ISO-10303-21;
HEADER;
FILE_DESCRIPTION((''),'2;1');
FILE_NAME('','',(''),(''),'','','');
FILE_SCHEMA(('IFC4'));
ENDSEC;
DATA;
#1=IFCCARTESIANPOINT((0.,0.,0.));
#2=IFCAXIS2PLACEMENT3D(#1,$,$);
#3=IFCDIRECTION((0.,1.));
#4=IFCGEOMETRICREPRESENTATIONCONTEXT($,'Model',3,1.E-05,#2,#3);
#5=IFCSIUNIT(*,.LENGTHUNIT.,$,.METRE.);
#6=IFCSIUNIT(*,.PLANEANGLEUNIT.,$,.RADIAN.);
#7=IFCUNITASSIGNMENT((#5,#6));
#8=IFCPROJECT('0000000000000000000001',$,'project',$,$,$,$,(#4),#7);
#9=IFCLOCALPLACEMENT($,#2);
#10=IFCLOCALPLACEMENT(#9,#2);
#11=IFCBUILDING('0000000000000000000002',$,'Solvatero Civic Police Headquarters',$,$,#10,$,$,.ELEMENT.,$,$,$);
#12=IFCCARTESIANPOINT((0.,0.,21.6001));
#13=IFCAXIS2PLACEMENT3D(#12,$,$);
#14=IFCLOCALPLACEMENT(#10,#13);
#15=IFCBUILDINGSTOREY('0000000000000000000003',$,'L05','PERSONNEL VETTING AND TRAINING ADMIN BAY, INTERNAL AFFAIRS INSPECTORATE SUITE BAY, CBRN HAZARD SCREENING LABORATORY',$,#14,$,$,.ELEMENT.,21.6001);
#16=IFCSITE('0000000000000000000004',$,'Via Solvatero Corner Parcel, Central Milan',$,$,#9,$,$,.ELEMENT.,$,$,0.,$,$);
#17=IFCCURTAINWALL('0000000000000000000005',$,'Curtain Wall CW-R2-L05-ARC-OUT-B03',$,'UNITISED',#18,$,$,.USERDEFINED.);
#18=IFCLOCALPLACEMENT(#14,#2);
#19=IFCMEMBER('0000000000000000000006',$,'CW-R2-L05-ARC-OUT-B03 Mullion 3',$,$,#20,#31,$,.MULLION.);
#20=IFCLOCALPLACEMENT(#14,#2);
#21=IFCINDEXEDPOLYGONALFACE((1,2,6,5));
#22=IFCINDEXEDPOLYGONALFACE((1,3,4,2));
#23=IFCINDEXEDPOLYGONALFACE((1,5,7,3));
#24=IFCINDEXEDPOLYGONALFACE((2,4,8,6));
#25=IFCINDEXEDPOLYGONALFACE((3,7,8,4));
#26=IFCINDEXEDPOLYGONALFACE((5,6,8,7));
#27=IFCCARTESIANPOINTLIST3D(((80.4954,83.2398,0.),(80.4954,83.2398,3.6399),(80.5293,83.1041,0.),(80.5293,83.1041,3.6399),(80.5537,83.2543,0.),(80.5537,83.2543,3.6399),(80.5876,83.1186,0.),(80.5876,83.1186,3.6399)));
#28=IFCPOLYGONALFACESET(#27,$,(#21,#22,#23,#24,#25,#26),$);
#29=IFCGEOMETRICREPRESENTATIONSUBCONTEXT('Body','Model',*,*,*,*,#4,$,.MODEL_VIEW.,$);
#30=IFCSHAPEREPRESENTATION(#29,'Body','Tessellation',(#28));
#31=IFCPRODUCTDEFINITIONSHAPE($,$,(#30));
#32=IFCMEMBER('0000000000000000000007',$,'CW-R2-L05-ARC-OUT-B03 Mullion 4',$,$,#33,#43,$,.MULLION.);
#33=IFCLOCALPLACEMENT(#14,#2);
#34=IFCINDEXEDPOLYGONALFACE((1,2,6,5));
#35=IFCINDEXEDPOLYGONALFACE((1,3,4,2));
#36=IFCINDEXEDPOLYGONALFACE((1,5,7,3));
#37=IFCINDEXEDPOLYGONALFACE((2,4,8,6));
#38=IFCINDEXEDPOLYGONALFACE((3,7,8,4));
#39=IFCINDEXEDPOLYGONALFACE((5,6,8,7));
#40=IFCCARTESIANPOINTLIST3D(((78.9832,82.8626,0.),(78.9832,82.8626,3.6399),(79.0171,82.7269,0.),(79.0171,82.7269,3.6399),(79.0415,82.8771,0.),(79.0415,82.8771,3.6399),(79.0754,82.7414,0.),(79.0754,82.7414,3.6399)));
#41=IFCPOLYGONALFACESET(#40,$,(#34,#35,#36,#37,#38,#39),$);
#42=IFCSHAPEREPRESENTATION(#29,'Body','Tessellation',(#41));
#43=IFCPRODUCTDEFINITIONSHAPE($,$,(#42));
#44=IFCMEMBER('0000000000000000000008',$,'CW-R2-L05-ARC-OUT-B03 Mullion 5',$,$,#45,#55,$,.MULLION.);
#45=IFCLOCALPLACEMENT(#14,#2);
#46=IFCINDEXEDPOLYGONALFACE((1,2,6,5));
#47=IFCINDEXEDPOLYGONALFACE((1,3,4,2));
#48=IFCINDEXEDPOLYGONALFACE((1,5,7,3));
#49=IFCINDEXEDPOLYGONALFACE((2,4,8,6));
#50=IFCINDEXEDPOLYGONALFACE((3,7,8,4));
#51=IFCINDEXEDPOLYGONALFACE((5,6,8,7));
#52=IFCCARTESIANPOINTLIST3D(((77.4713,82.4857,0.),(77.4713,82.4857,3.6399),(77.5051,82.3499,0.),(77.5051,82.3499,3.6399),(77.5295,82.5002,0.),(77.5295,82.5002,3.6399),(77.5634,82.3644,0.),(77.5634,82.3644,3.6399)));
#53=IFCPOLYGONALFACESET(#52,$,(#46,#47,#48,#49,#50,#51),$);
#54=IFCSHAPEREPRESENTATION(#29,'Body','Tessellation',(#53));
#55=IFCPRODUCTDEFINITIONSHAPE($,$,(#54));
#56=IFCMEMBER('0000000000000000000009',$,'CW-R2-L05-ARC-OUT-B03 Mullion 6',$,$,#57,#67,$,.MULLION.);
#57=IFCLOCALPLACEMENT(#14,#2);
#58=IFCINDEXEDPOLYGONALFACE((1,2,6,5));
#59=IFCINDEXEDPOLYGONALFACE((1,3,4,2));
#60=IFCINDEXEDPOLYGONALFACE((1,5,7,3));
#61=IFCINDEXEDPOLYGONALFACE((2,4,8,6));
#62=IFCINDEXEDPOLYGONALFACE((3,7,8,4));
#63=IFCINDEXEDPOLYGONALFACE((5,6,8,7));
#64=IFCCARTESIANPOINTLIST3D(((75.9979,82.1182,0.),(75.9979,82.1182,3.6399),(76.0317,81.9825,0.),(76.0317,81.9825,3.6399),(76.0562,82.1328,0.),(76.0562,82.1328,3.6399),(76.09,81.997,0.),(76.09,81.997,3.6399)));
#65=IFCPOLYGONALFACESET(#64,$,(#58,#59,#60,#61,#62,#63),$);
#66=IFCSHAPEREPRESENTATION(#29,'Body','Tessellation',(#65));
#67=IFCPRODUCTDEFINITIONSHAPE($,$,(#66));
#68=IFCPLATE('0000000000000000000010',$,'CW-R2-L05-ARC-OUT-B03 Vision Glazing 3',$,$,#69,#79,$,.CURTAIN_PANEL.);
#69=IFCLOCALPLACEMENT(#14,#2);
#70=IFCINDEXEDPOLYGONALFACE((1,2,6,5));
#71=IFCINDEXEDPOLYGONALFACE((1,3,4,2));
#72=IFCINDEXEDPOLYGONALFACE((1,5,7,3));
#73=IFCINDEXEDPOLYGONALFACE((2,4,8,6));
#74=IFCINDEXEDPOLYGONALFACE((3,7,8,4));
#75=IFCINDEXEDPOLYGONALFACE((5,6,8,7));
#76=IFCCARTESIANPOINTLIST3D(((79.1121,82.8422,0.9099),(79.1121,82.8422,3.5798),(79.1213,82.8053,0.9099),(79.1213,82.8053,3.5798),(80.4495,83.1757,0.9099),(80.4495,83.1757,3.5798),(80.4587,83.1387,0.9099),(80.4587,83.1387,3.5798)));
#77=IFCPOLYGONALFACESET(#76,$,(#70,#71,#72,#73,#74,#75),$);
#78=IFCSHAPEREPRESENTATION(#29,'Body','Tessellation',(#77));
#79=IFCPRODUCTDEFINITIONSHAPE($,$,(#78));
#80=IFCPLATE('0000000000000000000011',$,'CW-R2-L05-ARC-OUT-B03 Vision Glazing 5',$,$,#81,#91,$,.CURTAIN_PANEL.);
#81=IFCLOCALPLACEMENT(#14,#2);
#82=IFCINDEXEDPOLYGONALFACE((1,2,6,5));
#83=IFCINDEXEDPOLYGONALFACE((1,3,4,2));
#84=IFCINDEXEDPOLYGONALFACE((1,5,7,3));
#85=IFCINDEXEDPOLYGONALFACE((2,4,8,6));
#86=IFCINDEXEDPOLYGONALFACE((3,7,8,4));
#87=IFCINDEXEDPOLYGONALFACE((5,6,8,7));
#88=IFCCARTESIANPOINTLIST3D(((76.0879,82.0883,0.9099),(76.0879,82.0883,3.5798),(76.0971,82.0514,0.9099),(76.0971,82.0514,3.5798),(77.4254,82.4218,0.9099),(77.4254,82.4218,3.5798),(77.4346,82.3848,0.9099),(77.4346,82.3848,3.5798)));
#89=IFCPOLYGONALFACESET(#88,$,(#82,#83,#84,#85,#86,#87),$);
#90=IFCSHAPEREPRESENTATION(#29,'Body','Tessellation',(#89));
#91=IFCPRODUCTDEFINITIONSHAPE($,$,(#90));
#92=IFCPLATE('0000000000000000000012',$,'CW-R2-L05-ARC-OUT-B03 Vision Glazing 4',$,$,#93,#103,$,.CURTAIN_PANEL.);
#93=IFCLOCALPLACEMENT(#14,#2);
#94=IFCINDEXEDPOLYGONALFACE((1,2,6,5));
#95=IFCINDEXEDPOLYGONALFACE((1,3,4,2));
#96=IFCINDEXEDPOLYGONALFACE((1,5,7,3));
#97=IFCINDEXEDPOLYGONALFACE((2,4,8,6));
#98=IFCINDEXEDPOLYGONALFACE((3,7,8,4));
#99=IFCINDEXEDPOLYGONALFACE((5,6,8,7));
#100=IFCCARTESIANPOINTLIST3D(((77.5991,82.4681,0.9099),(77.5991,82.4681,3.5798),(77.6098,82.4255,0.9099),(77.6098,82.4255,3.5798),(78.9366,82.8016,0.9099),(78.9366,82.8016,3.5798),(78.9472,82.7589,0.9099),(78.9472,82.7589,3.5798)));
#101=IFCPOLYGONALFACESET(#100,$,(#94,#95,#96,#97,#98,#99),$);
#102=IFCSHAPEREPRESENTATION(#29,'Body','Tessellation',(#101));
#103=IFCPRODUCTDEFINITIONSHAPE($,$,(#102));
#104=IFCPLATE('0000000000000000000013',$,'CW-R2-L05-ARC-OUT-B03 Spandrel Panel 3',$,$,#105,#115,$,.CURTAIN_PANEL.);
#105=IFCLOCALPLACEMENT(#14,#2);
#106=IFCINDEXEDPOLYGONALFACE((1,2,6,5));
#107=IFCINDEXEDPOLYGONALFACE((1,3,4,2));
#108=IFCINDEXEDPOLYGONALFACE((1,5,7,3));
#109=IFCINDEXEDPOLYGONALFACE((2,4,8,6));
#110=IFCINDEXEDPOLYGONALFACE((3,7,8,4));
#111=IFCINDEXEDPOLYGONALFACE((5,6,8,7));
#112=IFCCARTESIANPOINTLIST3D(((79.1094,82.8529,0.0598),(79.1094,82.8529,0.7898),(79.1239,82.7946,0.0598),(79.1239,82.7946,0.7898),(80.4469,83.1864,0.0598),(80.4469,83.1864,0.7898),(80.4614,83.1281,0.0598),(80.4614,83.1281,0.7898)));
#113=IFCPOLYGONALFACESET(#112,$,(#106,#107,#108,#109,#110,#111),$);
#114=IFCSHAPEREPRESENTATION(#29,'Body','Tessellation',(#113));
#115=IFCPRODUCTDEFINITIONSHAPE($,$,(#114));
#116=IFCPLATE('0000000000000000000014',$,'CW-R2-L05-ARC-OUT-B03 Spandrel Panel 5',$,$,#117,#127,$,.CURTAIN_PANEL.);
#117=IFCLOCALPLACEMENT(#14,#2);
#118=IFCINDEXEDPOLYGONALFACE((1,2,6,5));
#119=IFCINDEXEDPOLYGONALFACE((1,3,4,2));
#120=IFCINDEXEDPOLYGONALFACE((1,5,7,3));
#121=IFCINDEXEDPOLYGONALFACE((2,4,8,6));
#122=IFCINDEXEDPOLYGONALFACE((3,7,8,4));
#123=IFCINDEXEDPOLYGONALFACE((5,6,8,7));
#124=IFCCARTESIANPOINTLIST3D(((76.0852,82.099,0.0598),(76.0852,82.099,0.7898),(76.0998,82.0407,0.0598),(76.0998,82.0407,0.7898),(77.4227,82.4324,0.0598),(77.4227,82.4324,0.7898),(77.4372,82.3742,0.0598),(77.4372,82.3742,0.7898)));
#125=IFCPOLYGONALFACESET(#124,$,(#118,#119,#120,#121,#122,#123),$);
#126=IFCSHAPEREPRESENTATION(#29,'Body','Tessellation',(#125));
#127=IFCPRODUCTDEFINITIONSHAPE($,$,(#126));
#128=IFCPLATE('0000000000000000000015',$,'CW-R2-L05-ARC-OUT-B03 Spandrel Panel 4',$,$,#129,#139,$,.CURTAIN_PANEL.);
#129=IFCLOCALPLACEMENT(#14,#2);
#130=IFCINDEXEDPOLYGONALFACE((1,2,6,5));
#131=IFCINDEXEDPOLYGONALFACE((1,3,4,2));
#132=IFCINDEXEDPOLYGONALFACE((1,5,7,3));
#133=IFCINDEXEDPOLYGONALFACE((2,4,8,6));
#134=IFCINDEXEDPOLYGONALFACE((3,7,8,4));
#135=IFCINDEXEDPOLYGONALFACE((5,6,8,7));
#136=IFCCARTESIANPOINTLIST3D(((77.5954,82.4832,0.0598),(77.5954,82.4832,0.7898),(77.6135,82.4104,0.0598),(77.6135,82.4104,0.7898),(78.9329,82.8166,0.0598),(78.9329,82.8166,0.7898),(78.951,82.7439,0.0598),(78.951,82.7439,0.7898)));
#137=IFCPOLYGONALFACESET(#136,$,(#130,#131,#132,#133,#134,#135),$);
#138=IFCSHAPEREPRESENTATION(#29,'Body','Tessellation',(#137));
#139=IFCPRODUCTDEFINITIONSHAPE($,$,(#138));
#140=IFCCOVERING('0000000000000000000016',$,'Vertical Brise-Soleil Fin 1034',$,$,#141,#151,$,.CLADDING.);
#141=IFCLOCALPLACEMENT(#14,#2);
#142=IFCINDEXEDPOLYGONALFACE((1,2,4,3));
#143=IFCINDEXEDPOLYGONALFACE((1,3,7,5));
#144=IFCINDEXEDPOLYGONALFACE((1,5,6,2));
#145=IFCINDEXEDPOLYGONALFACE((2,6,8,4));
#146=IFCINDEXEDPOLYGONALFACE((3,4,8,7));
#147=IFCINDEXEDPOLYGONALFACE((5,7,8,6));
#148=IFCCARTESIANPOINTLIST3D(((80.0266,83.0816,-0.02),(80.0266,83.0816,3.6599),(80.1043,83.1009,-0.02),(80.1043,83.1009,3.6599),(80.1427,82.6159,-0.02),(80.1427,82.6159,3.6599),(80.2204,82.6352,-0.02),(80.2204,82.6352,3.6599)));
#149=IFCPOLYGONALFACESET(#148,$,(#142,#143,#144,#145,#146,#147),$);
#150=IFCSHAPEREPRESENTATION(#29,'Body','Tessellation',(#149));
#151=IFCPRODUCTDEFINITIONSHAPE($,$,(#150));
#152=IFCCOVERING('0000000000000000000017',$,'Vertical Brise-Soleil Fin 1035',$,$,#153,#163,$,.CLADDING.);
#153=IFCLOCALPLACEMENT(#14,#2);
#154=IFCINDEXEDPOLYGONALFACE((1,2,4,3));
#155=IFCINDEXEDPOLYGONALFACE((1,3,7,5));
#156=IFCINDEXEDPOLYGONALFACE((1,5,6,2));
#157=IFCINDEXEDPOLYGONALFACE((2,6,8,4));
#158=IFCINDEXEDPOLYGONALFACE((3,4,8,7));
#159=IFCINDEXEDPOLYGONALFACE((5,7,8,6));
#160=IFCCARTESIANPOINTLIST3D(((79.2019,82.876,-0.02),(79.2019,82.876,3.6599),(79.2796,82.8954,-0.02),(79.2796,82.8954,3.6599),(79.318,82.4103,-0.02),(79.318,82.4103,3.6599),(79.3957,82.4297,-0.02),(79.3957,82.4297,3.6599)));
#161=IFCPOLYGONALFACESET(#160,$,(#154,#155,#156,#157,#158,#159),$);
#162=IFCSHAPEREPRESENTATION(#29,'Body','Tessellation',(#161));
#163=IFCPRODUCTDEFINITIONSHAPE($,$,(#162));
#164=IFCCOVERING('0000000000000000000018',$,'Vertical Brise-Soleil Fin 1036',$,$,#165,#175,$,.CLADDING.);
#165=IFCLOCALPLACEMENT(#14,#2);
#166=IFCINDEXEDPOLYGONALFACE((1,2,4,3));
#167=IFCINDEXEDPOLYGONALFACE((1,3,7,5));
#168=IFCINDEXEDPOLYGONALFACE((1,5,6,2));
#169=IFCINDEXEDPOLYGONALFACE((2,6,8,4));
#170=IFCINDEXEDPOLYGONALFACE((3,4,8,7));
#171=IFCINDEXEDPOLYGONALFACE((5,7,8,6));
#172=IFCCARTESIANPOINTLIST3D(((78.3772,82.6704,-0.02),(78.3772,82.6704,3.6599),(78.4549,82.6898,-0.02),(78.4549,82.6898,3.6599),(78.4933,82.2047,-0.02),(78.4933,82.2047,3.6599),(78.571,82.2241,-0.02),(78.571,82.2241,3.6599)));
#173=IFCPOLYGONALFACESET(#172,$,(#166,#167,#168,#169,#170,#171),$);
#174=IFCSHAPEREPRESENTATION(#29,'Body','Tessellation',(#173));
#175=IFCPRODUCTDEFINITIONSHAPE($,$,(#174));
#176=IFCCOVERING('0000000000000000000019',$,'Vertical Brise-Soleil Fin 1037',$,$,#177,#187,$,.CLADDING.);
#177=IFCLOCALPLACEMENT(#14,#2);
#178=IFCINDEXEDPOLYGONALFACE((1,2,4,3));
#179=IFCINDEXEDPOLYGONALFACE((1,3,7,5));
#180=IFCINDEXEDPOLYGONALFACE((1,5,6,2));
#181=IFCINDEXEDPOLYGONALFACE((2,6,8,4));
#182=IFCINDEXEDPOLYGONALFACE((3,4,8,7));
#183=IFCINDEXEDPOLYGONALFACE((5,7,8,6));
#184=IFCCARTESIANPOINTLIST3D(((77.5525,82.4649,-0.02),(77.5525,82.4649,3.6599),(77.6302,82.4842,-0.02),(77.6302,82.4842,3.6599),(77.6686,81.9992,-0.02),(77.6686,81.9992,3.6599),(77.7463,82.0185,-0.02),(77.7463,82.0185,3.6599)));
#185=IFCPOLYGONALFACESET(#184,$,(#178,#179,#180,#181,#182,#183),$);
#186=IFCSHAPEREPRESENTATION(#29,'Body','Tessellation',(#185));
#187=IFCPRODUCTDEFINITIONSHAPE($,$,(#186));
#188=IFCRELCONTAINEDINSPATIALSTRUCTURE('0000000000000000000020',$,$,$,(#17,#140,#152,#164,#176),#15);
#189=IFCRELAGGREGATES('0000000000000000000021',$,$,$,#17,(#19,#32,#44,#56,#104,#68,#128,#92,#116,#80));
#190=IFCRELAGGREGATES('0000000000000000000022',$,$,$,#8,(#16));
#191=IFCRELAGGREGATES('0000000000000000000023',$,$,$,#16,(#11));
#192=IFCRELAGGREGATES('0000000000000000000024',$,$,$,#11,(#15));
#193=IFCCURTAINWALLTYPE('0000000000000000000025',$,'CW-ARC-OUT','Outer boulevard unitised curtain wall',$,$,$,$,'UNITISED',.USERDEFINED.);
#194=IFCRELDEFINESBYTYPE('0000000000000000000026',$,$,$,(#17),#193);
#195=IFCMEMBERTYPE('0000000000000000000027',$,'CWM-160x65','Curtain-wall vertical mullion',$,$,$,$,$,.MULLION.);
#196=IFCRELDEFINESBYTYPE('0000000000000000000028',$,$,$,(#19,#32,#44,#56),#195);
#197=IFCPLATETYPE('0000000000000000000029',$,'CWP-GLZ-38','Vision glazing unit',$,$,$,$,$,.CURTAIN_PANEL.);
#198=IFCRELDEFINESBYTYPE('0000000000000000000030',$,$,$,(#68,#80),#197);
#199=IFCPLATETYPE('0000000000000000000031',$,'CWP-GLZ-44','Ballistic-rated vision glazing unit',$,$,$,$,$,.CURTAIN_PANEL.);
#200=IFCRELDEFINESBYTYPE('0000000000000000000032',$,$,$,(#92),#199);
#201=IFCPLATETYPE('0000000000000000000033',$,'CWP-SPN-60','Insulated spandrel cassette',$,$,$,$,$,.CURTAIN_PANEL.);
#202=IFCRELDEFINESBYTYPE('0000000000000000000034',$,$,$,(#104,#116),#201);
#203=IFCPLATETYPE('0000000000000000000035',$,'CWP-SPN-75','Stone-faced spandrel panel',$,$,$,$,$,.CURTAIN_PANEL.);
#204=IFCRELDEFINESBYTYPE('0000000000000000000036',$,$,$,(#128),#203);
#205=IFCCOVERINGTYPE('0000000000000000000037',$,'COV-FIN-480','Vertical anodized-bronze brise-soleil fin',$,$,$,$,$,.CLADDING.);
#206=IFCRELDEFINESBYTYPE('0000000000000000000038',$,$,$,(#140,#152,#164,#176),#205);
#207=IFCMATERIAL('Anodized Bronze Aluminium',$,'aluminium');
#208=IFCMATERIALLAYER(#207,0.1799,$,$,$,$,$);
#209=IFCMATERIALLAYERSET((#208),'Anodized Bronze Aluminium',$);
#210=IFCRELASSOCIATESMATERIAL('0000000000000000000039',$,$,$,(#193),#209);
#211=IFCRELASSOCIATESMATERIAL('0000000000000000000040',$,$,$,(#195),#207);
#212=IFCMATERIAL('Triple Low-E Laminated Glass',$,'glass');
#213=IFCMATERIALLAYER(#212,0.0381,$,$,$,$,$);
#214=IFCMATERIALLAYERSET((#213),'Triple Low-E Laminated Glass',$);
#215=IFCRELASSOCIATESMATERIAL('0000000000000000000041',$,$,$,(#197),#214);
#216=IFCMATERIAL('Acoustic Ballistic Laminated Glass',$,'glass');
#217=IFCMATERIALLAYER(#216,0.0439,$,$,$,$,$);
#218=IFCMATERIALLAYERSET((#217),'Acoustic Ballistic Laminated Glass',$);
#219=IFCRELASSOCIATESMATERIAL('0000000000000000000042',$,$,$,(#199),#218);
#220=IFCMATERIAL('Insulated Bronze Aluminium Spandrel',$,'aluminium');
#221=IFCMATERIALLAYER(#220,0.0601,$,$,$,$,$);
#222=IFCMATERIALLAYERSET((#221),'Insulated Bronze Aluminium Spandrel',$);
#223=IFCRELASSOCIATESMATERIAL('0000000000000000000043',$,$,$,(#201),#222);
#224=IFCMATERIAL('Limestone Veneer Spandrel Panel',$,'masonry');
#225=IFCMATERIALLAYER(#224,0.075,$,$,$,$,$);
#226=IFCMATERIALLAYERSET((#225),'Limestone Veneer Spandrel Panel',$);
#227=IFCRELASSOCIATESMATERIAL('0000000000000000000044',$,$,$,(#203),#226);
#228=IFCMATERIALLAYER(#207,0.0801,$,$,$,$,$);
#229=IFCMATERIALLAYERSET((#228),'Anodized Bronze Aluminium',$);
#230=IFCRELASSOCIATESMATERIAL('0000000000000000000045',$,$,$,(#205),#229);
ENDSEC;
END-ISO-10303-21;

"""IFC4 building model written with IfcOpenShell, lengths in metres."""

from ifc_helpers import new_model, si_unit, direction, frame, origin, origin_2d, place, context, subcontext, project, spatial, rectangle, extrude, material, layer, layer_set, material_profile, profile_set, type_object, element, aggregate, save


model = new_model("IFC4")

# Units and contexts
model_context = context("Model", 3, precision=1e-05, world=origin(), true_north=direction((0.0, 1.0)))
body_context = subcontext(model_context, "Body", "Model", "MODEL_VIEW")
ifc_project = project(units=[si_unit("LENGTHUNIT", "METRE"), si_unit("PLANEANGLEUNIT", "RADIAN")], contexts=[model_context])

# Site, building, storey
site_placement = place(None, origin())
site = spatial("IfcSite", under=ifc_project, at=site_placement, Name="Via Solvatero Corner Parcel, Central Milan", CompositionType="ELEMENT", RefElevation=0.0)
building_placement = place(site_placement, origin())
building = spatial("IfcBuilding", under=site, at=building_placement, Name="Solvatero Civic Police Headquarters", CompositionType="ELEMENT")
storey_placement = place(building_placement, frame((0.0, 0.0, 21.6001)))
storey = spatial("IfcBuildingStorey", under=building, at=storey_placement, Name="L05", Description="PERSONNEL VETTING AND TRAINING ADMIN BAY, INTERNAL AFFAIRS INSPECTORATE SUITE BAY, CBRN HAZARD SCREENING LABORATORY", CompositionType="ELEMENT", Elevation=21.6001)

# Curtain wall, members, plates
ifc_material_1 = material(Name="Anodized Bronze Aluminium", Category="aluminium")
ifc_layer_1 = layer(ifc_material_1, 0.1799)
ifc_layer_set_1 = layer_set([ifc_layer_1], Name="Anodized Bronze Aluminium")
curtain_wall_type = type_object("IfcCurtainWallType", Name="CW-ARC-OUT", Description="Outer boulevard unitised curtain wall", ElementType="UNITISED", PredefinedType="USERDEFINED", material=ifc_layer_set_1)
curtain_wall_placement = place(storey_placement, origin())
curtain_wall = element("IfcCurtainWall", 1, at=curtain_wall_placement, inside=storey, type_object=curtain_wall_type, Name="Curtain Wall CW-R2-L05-ARC-OUT-B03", ObjectType="UNITISED", PredefinedType="USERDEFINED")
ifc_material_profile = material_profile(ifc_material_1, rectangle(XDim=0.0601, YDim=0.1399, at=origin_2d()), Name="ALU MULLION 60x140")
ifc_profile_set = profile_set([ifc_material_profile], Name="Anodized Bronze Aluminium")
member_type = type_object("IfcMemberType", Name="CWM-160x65", Description="Curtain-wall vertical mullion", PredefinedType="MULLION", material=ifc_profile_set)
member_1_placement = place(storey_placement, frame((80.5415, 83.1792, 0.0), z_axis=(0.0, 0.0, 1.0), x_axis=(-0.970296, -0.241922, 0.0)))
member_1 = element("IfcMember", 2, at=member_1_placement, type_object=member_type, Name="CW-R2-L05-ARC-OUT-B03 Mullion 3", PredefinedType="MULLION", context=body_context, shape_type="SweptSolid", body=[
    extrude(rectangle(XDim=0.0601, YDim=0.1399, at=origin_2d()), origin(), (0.0, 0.0, 1.0), 3.6399),
])
member_2_placement = place(storey_placement, frame((79.0293, 82.802, 0.0), z_axis=(0.0, 0.0, 1.0), x_axis=(-0.970296, -0.241922, 0.0)))
member_2 = element("IfcMember", 3, at=member_2_placement, type_object=member_type, Name="CW-R2-L05-ARC-OUT-B03 Mullion 4", PredefinedType="MULLION", context=body_context, shape_type="SweptSolid", body=[
    extrude(rectangle(XDim=0.0601, YDim=0.1399, at=origin_2d()), origin(), (0.0, 0.0, 1.0), 3.6399),
])
member_3_placement = place(storey_placement, frame((77.5173, 82.425, 0.0), z_axis=(0.0, 0.0, 1.0), x_axis=(-0.970296, -0.241922, 0.0)))
member_3 = element("IfcMember", 4, at=member_3_placement, type_object=member_type, Name="CW-R2-L05-ARC-OUT-B03 Mullion 5", PredefinedType="MULLION", context=body_context, shape_type="SweptSolid", body=[
    extrude(rectangle(XDim=0.0601, YDim=0.1399, at=origin_2d()), origin(), (0.0, 0.0, 1.0), 3.6399),
])
member_4_placement = place(storey_placement, frame((76.0439, 82.0576, 0.0), z_axis=(0.0, 0.0, 1.0), x_axis=(-0.970296, -0.241922, 0.0)))
member_4 = element("IfcMember", 5, at=member_4_placement, type_object=member_type, Name="CW-R2-L05-ARC-OUT-B03 Mullion 6", PredefinedType="MULLION", context=body_context, shape_type="SweptSolid", body=[
    extrude(rectangle(XDim=0.0601, YDim=0.1399, at=origin_2d()), origin(), (0.0, 0.0, 1.0), 3.6399),
])
ifc_material_2 = material(Name="Triple Low-E Laminated Glass", Category="glass")
ifc_layer_2 = layer(ifc_material_2, 0.0381)
ifc_layer_set_2 = layer_set([ifc_layer_2], Name="Triple Low-E Laminated Glass")
plate_type_1 = type_object("IfcPlateType", Name="CWP-GLZ-38", Description="Vision glazing unit", PredefinedType="CURTAIN_PANEL", material=ifc_layer_set_2)
plate_1_placement = place(storey_placement, frame((79.7854, 82.9905, 0.9099), z_axis=(0.0, 0.0, 1.0), x_axis=(-0.970296, -0.241922, 0.0)))
plate_1 = element("IfcPlate", 6, at=plate_1_placement, type_object=plate_type_1, Name="CW-R2-L05-ARC-OUT-B03 Vision Glazing 3", PredefinedType="CURTAIN_PANEL", context=body_context, shape_type="SweptSolid", body=[
    extrude(rectangle(XDim=1.3784, YDim=0.0381, at=origin_2d()), origin(), (0.0, 0.0, 1.0), 2.6699),
])
plate_2_placement = place(storey_placement, frame((76.7612, 82.2366, 0.9099), z_axis=(0.0, 0.0, 1.0), x_axis=(-0.970296, -0.241922, 0.0)))
plate_2 = element("IfcPlate", 7, at=plate_2_placement, type_object=plate_type_1, Name="CW-R2-L05-ARC-OUT-B03 Vision Glazing 5", PredefinedType="CURTAIN_PANEL", context=body_context, shape_type="SweptSolid", body=[
    extrude(rectangle(XDim=1.3784, YDim=0.0381, at=origin_2d()), origin(), (0.0, 0.0, 1.0), 2.6699),
])
ifc_material_3 = material(Name="Acoustic Ballistic Laminated Glass", Category="glass")
ifc_layer_3 = layer(ifc_material_3, 0.0439)
ifc_layer_set_3 = layer_set([ifc_layer_3], Name="Acoustic Ballistic Laminated Glass")
plate_type_2 = type_object("IfcPlateType", Name="CWP-GLZ-44", Description="Ballistic-rated vision glazing unit", PredefinedType="CURTAIN_PANEL", material=ifc_layer_set_3)
plate_3_placement = place(storey_placement, frame((78.2732, 82.6135, 0.9099), z_axis=(0.0, 0.0, 1.0), x_axis=(-0.970296, -0.241922, 0.0)))
plate_3 = element("IfcPlate", 8, at=plate_3_placement, type_object=plate_type_2, Name="CW-R2-L05-ARC-OUT-B03 Vision Glazing 4", PredefinedType="CURTAIN_PANEL", context=body_context, shape_type="SweptSolid", body=[
    extrude(rectangle(XDim=1.3784, YDim=0.0439, at=origin_2d()), origin(), (0.0, 0.0, 1.0), 2.6699),
])
ifc_material_4 = material(Name="Insulated Bronze Aluminium Spandrel", Category="aluminium")
ifc_layer_4 = layer(ifc_material_4, 0.0601)
ifc_layer_set_4 = layer_set([ifc_layer_4], Name="Insulated Bronze Aluminium Spandrel")
plate_type_3 = type_object("IfcPlateType", Name="CWP-SPN-60", Description="Insulated spandrel cassette", PredefinedType="CURTAIN_PANEL", material=ifc_layer_set_4)
plate_4_placement = place(storey_placement, frame((79.7854, 82.9905, 0.0598), z_axis=(0.0, 0.0, 1.0), x_axis=(-0.970296, -0.241922, 0.0)))
plate_4 = element("IfcPlate", 9, at=plate_4_placement, type_object=plate_type_3, Name="CW-R2-L05-ARC-OUT-B03 Spandrel Panel 3", PredefinedType="CURTAIN_PANEL", context=body_context, shape_type="SweptSolid", body=[
    extrude(rectangle(XDim=1.3784, YDim=0.0601, at=origin_2d()), origin(), (0.0, 0.0, 1.0), 0.73),
])
plate_5_placement = place(storey_placement, frame((76.7612, 82.2366, 0.0598), z_axis=(0.0, 0.0, 1.0), x_axis=(-0.970296, -0.241922, 0.0)))
plate_5 = element("IfcPlate", 10, at=plate_5_placement, type_object=plate_type_3, Name="CW-R2-L05-ARC-OUT-B03 Spandrel Panel 5", PredefinedType="CURTAIN_PANEL", context=body_context, shape_type="SweptSolid", body=[
    extrude(rectangle(XDim=1.3784, YDim=0.0601, at=origin_2d()), origin(), (0.0, 0.0, 1.0), 0.73),
])
ifc_material_5 = material(Name="Limestone Veneer Spandrel Panel", Category="masonry")
ifc_layer_5 = layer(ifc_material_5, 0.075)
ifc_layer_set_5 = layer_set([ifc_layer_5], Name="Limestone Veneer Spandrel Panel")
plate_type_4 = type_object("IfcPlateType", Name="CWP-SPN-75", Description="Stone-faced spandrel panel", PredefinedType="CURTAIN_PANEL", material=ifc_layer_set_5)
plate_6_placement = place(storey_placement, frame((78.2732, 82.6135, 0.0598), z_axis=(0.0, 0.0, 1.0), x_axis=(-0.970296, -0.241922, 0.0)))
plate_6 = element("IfcPlate", 11, at=plate_6_placement, type_object=plate_type_4, Name="CW-R2-L05-ARC-OUT-B03 Spandrel Panel 4", PredefinedType="CURTAIN_PANEL", context=body_context, shape_type="SweptSolid", body=[
    extrude(rectangle(XDim=1.3784, YDim=0.075, at=origin_2d()), origin(), (0.0, 0.0, 1.0), 0.73),
])
aggregate(curtain_wall, [member_1, member_2, member_3, member_4, plate_4, plate_1, plate_6, plate_3, plate_5, plate_2])

# Coverings
ifc_layer_6 = layer(ifc_material_1, 0.0801)
ifc_layer_set_6 = layer_set([ifc_layer_6], Name="Anodized Bronze Aluminium")
covering_type = type_object("IfcCoveringType", Name="COV-FIN-480", Description="Vertical anodized-bronze brise-soleil fin", PredefinedType="CLADDING", material=ifc_layer_set_6)
for number, where, z_axis, x_axis, name in (
    (12, (80.1235, 82.8584, -0.02), (0.0, 0.0, 1.0), (-0.970296, -0.241922, 0.0), "Vertical Brise-Soleil Fin 1034"),
    (13, (79.2988, 82.6528, -0.02), (0.0, 0.0, 1.0), (-0.970296, -0.241922, 0.0), "Vertical Brise-Soleil Fin 1035"),
    (14, (78.4741, 82.4473, -0.02), (0.0, 0.0, 1.0), (-0.970296, -0.241922, 0.0), "Vertical Brise-Soleil Fin 1036"),
    (15, (77.6494, 82.2417, -0.02), (0.0, 0.0, 1.0), (-0.970296, -0.241922, 0.0), "Vertical Brise-Soleil Fin 1037"),
):
    element("IfcCovering", number, at=place(storey_placement, frame(where, z_axis=z_axis, x_axis=x_axis)), inside=storey, type_object=covering_type, Name=name, PredefinedType="CLADDING", context=body_context, shape_type="SweptSolid", body=[
        extrude(rectangle(XDim=0.0801, YDim=0.48, at=origin_2d()), origin(), (0.0, 0.0, 1.0), 3.6799),
    ])

save(model, "model.ifc")
